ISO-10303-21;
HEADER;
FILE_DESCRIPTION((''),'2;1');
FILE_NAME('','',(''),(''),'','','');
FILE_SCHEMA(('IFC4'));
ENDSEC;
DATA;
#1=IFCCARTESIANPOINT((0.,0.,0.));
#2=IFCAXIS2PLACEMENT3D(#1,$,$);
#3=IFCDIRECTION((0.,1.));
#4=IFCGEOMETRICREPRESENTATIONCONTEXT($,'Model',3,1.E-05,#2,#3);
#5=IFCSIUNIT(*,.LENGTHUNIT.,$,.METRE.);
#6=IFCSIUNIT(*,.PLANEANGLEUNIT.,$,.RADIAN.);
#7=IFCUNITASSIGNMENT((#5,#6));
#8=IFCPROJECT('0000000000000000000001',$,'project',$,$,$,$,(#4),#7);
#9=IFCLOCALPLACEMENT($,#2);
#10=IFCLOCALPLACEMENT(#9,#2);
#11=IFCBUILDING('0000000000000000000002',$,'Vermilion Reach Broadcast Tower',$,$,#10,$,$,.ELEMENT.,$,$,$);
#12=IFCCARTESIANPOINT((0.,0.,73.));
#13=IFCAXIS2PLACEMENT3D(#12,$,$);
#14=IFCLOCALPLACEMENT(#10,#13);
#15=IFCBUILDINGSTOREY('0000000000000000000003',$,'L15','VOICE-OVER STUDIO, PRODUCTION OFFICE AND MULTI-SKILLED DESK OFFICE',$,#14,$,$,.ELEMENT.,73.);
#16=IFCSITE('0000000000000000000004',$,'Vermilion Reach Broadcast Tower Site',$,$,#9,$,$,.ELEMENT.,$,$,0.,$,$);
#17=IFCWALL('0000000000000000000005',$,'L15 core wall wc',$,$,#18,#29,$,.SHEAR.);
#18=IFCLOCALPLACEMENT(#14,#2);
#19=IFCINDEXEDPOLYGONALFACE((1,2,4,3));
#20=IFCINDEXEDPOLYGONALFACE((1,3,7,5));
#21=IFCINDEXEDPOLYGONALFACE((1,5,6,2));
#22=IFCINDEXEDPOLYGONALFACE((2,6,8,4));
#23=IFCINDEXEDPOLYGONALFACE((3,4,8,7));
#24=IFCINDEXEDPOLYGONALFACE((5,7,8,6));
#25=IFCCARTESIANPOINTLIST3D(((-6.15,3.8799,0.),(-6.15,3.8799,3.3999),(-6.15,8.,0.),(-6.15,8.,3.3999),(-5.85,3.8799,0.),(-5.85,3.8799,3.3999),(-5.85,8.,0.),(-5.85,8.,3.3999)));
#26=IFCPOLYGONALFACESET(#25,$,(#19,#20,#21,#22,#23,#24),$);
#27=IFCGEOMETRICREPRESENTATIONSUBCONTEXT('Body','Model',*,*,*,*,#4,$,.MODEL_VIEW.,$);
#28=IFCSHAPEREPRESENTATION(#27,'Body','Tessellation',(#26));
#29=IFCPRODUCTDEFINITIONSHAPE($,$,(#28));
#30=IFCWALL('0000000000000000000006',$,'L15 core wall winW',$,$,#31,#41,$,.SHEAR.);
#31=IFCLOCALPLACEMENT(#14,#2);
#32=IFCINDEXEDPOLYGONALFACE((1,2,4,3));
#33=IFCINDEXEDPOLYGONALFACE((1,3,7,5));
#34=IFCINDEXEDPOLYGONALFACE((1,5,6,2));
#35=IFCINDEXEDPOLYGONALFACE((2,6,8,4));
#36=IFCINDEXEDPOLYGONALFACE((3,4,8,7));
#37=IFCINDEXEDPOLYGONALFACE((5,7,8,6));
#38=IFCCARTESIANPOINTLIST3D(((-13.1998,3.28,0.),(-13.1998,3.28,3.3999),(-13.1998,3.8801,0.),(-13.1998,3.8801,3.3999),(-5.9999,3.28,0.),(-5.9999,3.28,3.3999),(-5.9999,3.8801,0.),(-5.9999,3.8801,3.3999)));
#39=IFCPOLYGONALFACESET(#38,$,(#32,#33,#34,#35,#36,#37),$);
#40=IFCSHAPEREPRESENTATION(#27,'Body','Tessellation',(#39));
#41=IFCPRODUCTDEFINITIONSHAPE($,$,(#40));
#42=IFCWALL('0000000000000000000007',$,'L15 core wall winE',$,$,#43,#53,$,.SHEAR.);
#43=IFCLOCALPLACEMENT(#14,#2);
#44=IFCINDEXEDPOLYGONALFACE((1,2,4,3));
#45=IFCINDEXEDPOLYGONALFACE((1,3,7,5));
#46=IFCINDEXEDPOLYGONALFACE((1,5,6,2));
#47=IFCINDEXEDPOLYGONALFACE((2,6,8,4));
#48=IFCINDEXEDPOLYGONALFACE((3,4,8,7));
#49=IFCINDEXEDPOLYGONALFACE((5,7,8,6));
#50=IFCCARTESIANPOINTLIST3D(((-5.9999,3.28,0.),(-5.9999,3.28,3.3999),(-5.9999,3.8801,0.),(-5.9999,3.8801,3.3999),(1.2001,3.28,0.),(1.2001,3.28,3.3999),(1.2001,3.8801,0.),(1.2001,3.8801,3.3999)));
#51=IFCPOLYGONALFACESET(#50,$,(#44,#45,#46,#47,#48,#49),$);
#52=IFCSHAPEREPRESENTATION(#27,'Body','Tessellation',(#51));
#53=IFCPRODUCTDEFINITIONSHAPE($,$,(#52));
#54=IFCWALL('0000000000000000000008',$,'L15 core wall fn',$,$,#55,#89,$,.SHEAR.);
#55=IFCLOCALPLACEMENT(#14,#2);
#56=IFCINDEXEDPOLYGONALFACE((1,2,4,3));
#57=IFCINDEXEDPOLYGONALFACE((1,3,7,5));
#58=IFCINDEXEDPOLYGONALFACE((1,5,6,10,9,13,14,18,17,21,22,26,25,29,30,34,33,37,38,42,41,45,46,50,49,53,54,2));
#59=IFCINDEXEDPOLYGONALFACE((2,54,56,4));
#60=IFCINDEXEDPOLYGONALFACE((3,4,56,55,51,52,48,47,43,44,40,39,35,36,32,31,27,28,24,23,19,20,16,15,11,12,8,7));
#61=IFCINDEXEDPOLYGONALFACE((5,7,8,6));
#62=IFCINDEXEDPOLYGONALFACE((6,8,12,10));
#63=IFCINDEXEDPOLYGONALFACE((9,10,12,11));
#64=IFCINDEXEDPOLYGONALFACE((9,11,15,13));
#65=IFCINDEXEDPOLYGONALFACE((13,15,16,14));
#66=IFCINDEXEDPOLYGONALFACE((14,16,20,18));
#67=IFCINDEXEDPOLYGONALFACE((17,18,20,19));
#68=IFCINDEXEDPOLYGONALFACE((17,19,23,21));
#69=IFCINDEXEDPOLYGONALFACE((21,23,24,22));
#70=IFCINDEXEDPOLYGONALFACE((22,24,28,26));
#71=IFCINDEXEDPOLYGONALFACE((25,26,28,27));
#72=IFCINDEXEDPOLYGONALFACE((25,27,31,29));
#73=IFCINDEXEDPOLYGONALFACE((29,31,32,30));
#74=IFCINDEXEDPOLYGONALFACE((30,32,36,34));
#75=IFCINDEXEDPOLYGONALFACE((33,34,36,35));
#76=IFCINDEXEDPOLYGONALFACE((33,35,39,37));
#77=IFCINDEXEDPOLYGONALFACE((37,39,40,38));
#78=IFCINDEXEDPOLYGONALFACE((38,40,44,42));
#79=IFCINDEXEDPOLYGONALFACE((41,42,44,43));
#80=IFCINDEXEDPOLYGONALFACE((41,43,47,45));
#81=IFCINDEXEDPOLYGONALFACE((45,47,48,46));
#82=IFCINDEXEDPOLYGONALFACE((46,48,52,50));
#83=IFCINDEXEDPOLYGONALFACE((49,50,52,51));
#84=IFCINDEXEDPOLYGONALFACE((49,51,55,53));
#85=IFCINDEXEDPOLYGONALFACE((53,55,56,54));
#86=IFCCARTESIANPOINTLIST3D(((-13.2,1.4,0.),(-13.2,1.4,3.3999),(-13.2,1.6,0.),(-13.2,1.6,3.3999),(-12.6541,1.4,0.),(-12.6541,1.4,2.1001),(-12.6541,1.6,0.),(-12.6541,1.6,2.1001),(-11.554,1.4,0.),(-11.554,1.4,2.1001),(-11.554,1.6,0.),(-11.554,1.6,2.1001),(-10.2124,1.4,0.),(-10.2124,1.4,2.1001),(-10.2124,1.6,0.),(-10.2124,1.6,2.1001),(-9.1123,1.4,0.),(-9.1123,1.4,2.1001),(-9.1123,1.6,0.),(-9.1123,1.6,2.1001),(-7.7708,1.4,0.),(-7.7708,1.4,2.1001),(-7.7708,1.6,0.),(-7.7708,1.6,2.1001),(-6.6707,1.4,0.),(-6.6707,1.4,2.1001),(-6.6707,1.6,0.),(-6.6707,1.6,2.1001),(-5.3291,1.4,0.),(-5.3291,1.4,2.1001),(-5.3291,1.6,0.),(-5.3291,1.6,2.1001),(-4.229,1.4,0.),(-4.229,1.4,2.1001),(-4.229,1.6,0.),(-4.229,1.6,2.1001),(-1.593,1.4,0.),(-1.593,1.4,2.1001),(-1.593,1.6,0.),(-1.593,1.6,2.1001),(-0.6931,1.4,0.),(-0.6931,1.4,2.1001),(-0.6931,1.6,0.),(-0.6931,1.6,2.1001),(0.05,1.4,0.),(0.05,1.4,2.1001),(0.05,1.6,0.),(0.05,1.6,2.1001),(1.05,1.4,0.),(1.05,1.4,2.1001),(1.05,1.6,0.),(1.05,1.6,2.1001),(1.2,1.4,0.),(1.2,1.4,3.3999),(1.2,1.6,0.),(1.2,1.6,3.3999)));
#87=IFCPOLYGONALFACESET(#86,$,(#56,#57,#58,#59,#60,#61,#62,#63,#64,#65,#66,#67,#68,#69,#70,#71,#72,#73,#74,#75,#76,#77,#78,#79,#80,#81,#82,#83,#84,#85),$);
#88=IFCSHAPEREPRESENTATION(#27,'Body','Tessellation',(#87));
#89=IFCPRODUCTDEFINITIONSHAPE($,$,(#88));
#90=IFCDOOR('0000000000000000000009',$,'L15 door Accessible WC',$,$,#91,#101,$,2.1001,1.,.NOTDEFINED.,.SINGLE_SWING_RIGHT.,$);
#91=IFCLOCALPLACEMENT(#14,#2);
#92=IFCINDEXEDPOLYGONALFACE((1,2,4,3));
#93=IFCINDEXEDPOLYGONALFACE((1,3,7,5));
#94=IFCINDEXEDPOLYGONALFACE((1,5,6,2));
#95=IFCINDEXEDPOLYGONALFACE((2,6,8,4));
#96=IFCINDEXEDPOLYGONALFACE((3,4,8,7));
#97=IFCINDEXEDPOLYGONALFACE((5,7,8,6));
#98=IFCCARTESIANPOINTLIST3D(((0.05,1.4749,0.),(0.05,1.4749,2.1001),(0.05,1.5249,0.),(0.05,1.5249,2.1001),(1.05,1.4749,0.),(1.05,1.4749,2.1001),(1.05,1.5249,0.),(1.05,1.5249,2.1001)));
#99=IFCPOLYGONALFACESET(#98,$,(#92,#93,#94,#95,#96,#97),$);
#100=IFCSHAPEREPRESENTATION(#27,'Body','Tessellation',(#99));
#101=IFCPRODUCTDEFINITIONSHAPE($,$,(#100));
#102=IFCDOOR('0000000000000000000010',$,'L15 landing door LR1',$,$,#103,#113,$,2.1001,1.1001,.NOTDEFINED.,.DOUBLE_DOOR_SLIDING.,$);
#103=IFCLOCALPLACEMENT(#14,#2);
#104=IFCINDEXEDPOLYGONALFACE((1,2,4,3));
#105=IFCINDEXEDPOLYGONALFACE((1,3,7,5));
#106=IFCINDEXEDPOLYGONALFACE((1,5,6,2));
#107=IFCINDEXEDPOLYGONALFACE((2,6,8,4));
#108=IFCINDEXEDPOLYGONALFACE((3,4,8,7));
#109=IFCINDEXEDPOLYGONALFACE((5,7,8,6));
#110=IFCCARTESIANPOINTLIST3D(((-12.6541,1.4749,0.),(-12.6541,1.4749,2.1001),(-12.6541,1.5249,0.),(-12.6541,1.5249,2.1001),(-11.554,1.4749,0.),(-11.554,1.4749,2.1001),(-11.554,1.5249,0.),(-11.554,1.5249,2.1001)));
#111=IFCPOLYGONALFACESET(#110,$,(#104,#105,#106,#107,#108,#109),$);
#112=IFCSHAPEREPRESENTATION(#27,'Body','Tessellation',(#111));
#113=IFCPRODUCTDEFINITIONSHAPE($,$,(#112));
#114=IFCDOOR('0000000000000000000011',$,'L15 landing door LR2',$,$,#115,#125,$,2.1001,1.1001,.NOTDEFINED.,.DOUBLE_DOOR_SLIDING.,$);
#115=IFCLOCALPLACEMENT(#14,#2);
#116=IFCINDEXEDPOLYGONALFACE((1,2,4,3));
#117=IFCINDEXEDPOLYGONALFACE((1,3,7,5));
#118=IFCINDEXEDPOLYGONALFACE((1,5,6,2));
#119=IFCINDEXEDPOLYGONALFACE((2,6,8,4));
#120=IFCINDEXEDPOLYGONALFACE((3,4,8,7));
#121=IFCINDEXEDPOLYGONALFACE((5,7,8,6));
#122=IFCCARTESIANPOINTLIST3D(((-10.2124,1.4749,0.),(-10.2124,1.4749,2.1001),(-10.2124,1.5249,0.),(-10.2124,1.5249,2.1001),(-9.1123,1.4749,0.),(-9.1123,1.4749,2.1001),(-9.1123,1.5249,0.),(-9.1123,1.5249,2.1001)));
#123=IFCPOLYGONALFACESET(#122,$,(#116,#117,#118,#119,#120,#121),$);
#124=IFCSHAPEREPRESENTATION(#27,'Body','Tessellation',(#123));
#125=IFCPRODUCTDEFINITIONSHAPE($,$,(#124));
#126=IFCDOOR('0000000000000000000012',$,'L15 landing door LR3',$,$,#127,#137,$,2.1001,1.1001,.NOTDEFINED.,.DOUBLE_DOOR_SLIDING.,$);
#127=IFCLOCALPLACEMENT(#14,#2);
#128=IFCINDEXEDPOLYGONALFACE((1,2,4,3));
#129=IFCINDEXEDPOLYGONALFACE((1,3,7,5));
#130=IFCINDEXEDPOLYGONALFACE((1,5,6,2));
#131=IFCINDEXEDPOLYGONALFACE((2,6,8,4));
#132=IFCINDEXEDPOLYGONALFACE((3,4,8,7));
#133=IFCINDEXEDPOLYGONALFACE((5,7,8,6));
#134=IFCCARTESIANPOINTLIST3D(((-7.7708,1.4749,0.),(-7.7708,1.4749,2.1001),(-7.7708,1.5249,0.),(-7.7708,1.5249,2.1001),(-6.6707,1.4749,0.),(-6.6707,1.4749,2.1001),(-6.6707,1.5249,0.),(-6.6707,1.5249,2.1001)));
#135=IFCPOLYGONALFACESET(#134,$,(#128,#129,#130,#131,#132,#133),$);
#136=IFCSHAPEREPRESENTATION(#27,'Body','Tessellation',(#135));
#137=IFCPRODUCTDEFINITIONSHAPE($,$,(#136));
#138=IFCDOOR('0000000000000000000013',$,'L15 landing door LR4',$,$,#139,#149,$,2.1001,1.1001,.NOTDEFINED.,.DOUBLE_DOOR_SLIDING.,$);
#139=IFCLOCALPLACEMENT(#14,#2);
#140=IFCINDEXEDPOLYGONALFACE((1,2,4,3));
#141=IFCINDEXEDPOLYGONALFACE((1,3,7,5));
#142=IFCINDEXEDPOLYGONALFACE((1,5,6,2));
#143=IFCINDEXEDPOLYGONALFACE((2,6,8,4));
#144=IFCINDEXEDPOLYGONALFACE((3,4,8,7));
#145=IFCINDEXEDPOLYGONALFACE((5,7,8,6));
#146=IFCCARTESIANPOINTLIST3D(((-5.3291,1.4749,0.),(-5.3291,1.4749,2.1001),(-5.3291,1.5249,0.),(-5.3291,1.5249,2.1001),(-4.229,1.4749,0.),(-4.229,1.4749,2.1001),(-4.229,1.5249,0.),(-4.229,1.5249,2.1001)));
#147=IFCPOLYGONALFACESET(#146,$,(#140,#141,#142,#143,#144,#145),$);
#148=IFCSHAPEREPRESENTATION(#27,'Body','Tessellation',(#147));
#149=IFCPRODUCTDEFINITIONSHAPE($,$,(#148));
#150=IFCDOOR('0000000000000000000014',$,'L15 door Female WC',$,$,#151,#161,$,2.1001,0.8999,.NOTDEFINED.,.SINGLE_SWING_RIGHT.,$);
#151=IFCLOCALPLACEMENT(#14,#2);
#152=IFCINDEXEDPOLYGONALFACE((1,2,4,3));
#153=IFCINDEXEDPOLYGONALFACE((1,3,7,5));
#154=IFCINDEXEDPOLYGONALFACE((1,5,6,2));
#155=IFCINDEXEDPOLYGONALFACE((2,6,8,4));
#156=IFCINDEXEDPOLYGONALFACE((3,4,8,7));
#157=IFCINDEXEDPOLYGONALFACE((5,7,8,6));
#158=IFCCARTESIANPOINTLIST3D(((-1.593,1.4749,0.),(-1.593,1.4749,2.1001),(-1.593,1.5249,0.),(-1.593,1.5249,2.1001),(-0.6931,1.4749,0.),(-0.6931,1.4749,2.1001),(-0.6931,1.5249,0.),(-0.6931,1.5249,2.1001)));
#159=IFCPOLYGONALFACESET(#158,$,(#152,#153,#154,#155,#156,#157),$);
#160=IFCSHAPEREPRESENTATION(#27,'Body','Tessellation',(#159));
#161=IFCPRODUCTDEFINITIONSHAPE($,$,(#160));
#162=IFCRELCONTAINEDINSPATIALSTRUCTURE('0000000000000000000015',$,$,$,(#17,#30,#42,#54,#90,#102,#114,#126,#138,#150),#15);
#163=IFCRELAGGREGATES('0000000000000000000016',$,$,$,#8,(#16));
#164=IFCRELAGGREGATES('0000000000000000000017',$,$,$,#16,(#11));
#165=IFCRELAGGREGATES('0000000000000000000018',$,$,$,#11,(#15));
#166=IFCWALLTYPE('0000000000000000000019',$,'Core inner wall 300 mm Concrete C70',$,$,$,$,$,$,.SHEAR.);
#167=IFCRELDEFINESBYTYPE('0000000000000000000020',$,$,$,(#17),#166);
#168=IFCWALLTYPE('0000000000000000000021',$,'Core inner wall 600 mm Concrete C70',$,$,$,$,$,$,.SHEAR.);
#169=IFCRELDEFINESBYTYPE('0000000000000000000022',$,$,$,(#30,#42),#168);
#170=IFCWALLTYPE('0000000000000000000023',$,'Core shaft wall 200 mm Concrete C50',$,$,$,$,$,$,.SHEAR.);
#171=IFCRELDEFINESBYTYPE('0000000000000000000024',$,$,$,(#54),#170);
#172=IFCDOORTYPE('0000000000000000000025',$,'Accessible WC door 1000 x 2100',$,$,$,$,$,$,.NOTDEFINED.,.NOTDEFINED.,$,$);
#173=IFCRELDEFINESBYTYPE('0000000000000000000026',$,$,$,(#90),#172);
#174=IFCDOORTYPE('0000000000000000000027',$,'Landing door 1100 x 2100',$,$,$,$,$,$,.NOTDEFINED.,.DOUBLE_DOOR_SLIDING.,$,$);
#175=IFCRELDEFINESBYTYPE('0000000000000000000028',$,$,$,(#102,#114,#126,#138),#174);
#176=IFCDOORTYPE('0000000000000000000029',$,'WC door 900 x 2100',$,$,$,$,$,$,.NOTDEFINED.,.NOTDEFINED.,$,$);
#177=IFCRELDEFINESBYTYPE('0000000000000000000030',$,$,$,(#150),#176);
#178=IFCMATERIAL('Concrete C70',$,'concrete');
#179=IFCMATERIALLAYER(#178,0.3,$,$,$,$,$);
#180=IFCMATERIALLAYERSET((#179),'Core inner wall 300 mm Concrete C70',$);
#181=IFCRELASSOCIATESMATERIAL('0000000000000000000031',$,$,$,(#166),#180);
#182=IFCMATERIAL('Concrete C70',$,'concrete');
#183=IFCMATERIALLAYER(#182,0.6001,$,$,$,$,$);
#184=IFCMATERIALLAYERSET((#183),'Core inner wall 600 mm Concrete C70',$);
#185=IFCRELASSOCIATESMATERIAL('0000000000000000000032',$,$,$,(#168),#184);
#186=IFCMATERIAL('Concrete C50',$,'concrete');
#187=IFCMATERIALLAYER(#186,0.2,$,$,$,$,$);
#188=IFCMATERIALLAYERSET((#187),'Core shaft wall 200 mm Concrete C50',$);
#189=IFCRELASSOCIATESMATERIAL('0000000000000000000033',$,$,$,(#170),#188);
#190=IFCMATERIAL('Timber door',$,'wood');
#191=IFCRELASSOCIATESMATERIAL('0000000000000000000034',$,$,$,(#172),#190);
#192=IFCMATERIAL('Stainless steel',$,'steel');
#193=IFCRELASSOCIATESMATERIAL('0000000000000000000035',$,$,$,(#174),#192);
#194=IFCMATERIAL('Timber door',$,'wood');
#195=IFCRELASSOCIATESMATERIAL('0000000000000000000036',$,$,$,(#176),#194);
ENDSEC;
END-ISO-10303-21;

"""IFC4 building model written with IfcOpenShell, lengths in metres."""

from ifc_helpers import new_model, si_unit, direction, frame, frame_2d, origin, place, context, subcontext, project, spatial, rectangle, extrude, material, layer, layer_set, type_object, element, fill, save


model = new_model("IFC4")

# Units and contexts
model_context = context("Model", 3, precision=1e-05, world=origin(), true_north=direction((0.0, 1.0)))
body_context = subcontext(model_context, "Body", "Model", "MODEL_VIEW")
ifc_project = project(units=[si_unit("LENGTHUNIT", "METRE"), si_unit("PLANEANGLEUNIT", "RADIAN")], contexts=[model_context])

# Site, building, storey
site_placement = place(None, origin())
site = spatial("IfcSite", under=ifc_project, at=site_placement, Name="Vermilion Reach Broadcast Tower Site", CompositionType="ELEMENT", RefElevation=0.0)
building_placement = place(site_placement, origin())
building = spatial("IfcBuilding", under=site, at=building_placement, Name="Vermilion Reach Broadcast Tower", CompositionType="ELEMENT")
storey_placement = place(building_placement, frame((0.0, 0.0, 73.0)))
storey = spatial("IfcBuildingStorey", under=building, at=storey_placement, Name="L15", Description="VOICE-OVER STUDIO, PRODUCTION OFFICE AND MULTI-SKILLED DESK OFFICE", CompositionType="ELEMENT", Elevation=73.0)

# Walls
ifc_material_1 = material(Name="Concrete C70", Category="concrete")
ifc_layer_1 = layer(ifc_material_1, 0.3)
ifc_layer_set_1 = layer_set([ifc_layer_1], Name="Core inner wall 300 mm Concrete C70")
wall_type_1 = type_object("IfcWallType", Name="Core inner wall 300 mm Concrete C70", PredefinedType="SHEAR", material=ifc_layer_set_1)
wall_1_placement = place(storey_placement, frame((-6.0, 3.8799, 0.0), z_axis=(0.0, 0.0, 1.0), x_axis=(0.0, 1.0, 0.0)))
element("IfcWall", 1, at=wall_1_placement, inside=storey, type_object=wall_type_1, Name="L15 core wall wc", PredefinedType="SHEAR", context=body_context, shape_type="SweptSolid", body=[
    extrude(rectangle(XDim=4.1201, YDim=0.3, at=frame_2d((2.0601, 0.0))), origin(), (0.0, 0.0, 1.0), 3.3999),
])
ifc_material_2 = material(Name="Concrete C70", Category="concrete")
ifc_layer_2 = layer(ifc_material_2, 0.6001)
ifc_layer_set_2 = layer_set([ifc_layer_2], Name="Core inner wall 600 mm Concrete C70")
wall_type_2 = type_object("IfcWallType", Name="Core inner wall 600 mm Concrete C70", PredefinedType="SHEAR", material=ifc_layer_set_2)
for number, where, z_axis, x_axis, name in (
    (2, (-13.2, 3.5801, 0.0), (0.0, 0.0, 1.0), (1.0, 0.0, 0.0), "L15 core wall winW"),
    (3, (-6.0, 3.5801, 0.0), (0.0, 0.0, 1.0), (1.0, 0.0, 0.0), "L15 core wall winE"),
):
    element("IfcWall", number, at=place(storey_placement, frame(where, z_axis=z_axis, x_axis=x_axis)), inside=storey, type_object=wall_type_2, Name=name, PredefinedType="SHEAR", context=body_context, shape_type="SweptSolid", body=[
        extrude(rectangle(XDim=7.2, YDim=0.6001, at=frame_2d((3.6001, 0.0))), origin(), (0.0, 0.0, 1.0), 3.3999),
    ])

# Wall, openings, doors
ifc_material_3 = material(Name="Concrete C50", Category="concrete")
ifc_layer_3 = layer(ifc_material_3, 0.2)
ifc_layer_set_3 = layer_set([ifc_layer_3], Name="Core shaft wall 200 mm Concrete C50")
wall_type_3 = type_object("IfcWallType", Name="Core shaft wall 200 mm Concrete C50", PredefinedType="SHEAR", material=ifc_layer_set_3)
wall_2_placement = place(storey_placement, frame((-13.2, 1.5, 0.0), z_axis=(0.0, 0.0, 1.0), x_axis=(1.0, 0.0, 0.0)))
wall_2 = element("IfcWall", 4, at=wall_2_placement, inside=storey, type_object=wall_type_3, Name="L15 core wall fn", PredefinedType="SHEAR", context=body_context, shape_type="SweptSolid", body=[
    extrude(rectangle(XDim=14.3999, YDim=0.2, at=frame_2d((7.2, 0.0))), origin(), (0.0, 0.0, 1.0), 3.3999),
])
opening_1_placement = place(wall_2_placement, frame((0.5459, 0.0, 0.0)))
opening_1 = element("IfcOpeningElement", 5, at=opening_1_placement, cuts=wall_2, PredefinedType="OPENING", context=body_context, shape_type="SweptSolid", body=[
    extrude(rectangle(XDim=1.1001, YDim=2.1001, at=frame_2d((0.55, 1.05))), frame((0.0, 0.1099, 0.0), z_axis=(0.0, -1.0, 0.0), x_axis=(1.0, 0.0, 0.0)), (0.0, 0.0, 1.0), 0.22),
])
opening_2_placement = place(wall_2_placement, frame((2.9875, 0.0, 0.0)))
opening_2 = element("IfcOpeningElement", 6, at=opening_2_placement, cuts=wall_2, PredefinedType="OPENING", context=body_context, shape_type="SweptSolid", body=[
    extrude(rectangle(XDim=1.1001, YDim=2.1001, at=frame_2d((0.55, 1.05))), frame((0.0, 0.1099, 0.0), z_axis=(0.0, -1.0, 0.0), x_axis=(1.0, 0.0, 0.0)), (0.0, 0.0, 1.0), 0.22),
])
opening_3_placement = place(wall_2_placement, frame((5.4292, 0.0, 0.0)))
opening_3 = element("IfcOpeningElement", 7, at=opening_3_placement, cuts=wall_2, PredefinedType="OPENING", context=body_context, shape_type="SweptSolid", body=[
    extrude(rectangle(XDim=1.1001, YDim=2.1001, at=frame_2d((0.55, 1.05))), frame((0.0, 0.1099, 0.0), z_axis=(0.0, -1.0, 0.0), x_axis=(1.0, 0.0, 0.0)), (0.0, 0.0, 1.0), 0.22),
])
opening_4_placement = place(wall_2_placement, frame((7.8708, 0.0, 0.0)))
opening_4 = element("IfcOpeningElement", 8, at=opening_4_placement, cuts=wall_2, PredefinedType="OPENING", context=body_context, shape_type="SweptSolid", body=[
    extrude(rectangle(XDim=1.1001, YDim=2.1001, at=frame_2d((0.55, 1.05))), frame((0.0, 0.1099, 0.0), z_axis=(0.0, -1.0, 0.0), x_axis=(1.0, 0.0, 0.0)), (0.0, 0.0, 1.0), 0.22),
])
opening_5_placement = place(wall_2_placement, frame((11.6069, 0.0, 0.0)))
opening_5 = element("IfcOpeningElement", 9, at=opening_5_placement, cuts=wall_2, PredefinedType="OPENING", context=body_context, shape_type="SweptSolid", body=[
    extrude(rectangle(XDim=0.8999, YDim=2.1001, at=frame_2d((0.45, 1.05))), frame((0.0, 0.1099, 0.0), z_axis=(0.0, -1.0, 0.0), x_axis=(1.0, 0.0, 0.0)), (0.0, 0.0, 1.0), 0.22),
])
opening_6_placement = place(wall_2_placement, frame((13.25, 0.0, 0.0)))
opening_6 = element("IfcOpeningElement", 10, at=opening_6_placement, cuts=wall_2, PredefinedType="OPENING", context=body_context, shape_type="SweptSolid", body=[
    extrude(rectangle(XDim=1.0, YDim=2.1001, at=frame_2d((0.5, 1.05))), frame((0.0, 0.1099, 0.0), z_axis=(0.0, -1.0, 0.0), x_axis=(1.0, 0.0, 0.0)), (0.0, 0.0, 1.0), 0.22),
])
ifc_material_4 = material(Name="Timber door", Category="wood")
door_type_1 = type_object("IfcDoorType", Name="Accessible WC door 1000 x 2100", OperationType="NOTDEFINED", PredefinedType="NOTDEFINED", material=ifc_material_4)
door_1_placement = place(opening_6_placement, origin())
door_1 = element("IfcDoor", 11, at=door_1_placement, inside=storey, type_object=door_type_1, Name="L15 door Accessible WC", OperationType="SINGLE_SWING_RIGHT", OverallHeight=2.1001, OverallWidth=1.0, PredefinedType="NOTDEFINED", context=body_context, shape_type="SweptSolid", body=[
    extrude(rectangle(XDim=1.0, YDim=2.1001, at=frame_2d((0.5, 1.05))), frame((0.0, 0.0249, 0.0), z_axis=(0.0, -1.0, 0.0), x_axis=(1.0, 0.0, 0.0)), (0.0, 0.0, 1.0), 0.05),
])
fill(opening_6, door_1)
ifc_material_5 = material(Name="Stainless steel", Category="steel")
door_type_2 = type_object("IfcDoorType", Name="Landing door 1100 x 2100", OperationType="DOUBLE_DOOR_SLIDING", PredefinedType="NOTDEFINED", material=ifc_material_5)
door_2_placement = place(opening_1_placement, origin())
door_2 = element("IfcDoor", 12, at=door_2_placement, inside=storey, type_object=door_type_2, Name="L15 landing door LR1", OperationType="DOUBLE_DOOR_SLIDING", OverallHeight=2.1001, OverallWidth=1.1001, PredefinedType="NOTDEFINED", context=body_context, shape_type="SweptSolid", body=[
    extrude(rectangle(XDim=1.1001, YDim=2.1001, at=frame_2d((0.55, 1.05))), frame((0.0, 0.0249, 0.0), z_axis=(0.0, -1.0, 0.0), x_axis=(1.0, 0.0, 0.0)), (0.0, 0.0, 1.0), 0.05),
])
fill(opening_1, door_2)
door_3_placement = place(opening_2_placement, origin())
door_3 = element("IfcDoor", 13, at=door_3_placement, inside=storey, type_object=door_type_2, Name="L15 landing door LR2", OperationType="DOUBLE_DOOR_SLIDING", OverallHeight=2.1001, OverallWidth=1.1001, PredefinedType="NOTDEFINED", context=body_context, shape_type="SweptSolid", body=[
    extrude(rectangle(XDim=1.1001, YDim=2.1001, at=frame_2d((0.55, 1.05))), frame((0.0, 0.0249, 0.0), z_axis=(0.0, -1.0, 0.0), x_axis=(1.0, 0.0, 0.0)), (0.0, 0.0, 1.0), 0.05),
])
fill(opening_2, door_3)
door_4_placement = place(opening_3_placement, origin())
door_4 = element("IfcDoor", 14, at=door_4_placement, inside=storey, type_object=door_type_2, Name="L15 landing door LR3", OperationType="DOUBLE_DOOR_SLIDING", OverallHeight=2.1001, OverallWidth=1.1001, PredefinedType="NOTDEFINED", context=body_context, shape_type="SweptSolid", body=[
    extrude(rectangle(XDim=1.1001, YDim=2.1001, at=frame_2d((0.55, 1.05))), frame((0.0, 0.0249, 0.0), z_axis=(0.0, -1.0, 0.0), x_axis=(1.0, 0.0, 0.0)), (0.0, 0.0, 1.0), 0.05),
])
fill(opening_3, door_4)
door_5_placement = place(opening_4_placement, origin())
door_5 = element("IfcDoor", 15, at=door_5_placement, inside=storey, type_object=door_type_2, Name="L15 landing door LR4", OperationType="DOUBLE_DOOR_SLIDING", OverallHeight=2.1001, OverallWidth=1.1001, PredefinedType="NOTDEFINED", context=body_context, shape_type="SweptSolid", body=[
    extrude(rectangle(XDim=1.1001, YDim=2.1001, at=frame_2d((0.55, 1.05))), frame((0.0, 0.0249, 0.0), z_axis=(0.0, -1.0, 0.0), x_axis=(1.0, 0.0, 0.0)), (0.0, 0.0, 1.0), 0.05),
])
fill(opening_4, door_5)
ifc_material_6 = material(Name="Timber door", Category="wood")
door_type_3 = type_object("IfcDoorType", Name="WC door 900 x 2100", OperationType="NOTDEFINED", PredefinedType="NOTDEFINED", material=ifc_material_6)
door_6_placement = place(opening_5_placement, origin())
door_6 = element("IfcDoor", 16, at=door_6_placement, inside=storey, type_object=door_type_3, Name="L15 door Female WC", OperationType="SINGLE_SWING_RIGHT", OverallHeight=2.1001, OverallWidth=0.8999, PredefinedType="NOTDEFINED", context=body_context, shape_type="SweptSolid", body=[
    extrude(rectangle(XDim=0.8999, YDim=2.1001, at=frame_2d((0.45, 1.05))), frame((0.0, 0.0249, 0.0), z_axis=(0.0, -1.0, 0.0), x_axis=(1.0, 0.0, 0.0)), (0.0, 0.0, 1.0), 0.05),
])
fill(opening_5, door_6)

save(model, "model.ifc")
